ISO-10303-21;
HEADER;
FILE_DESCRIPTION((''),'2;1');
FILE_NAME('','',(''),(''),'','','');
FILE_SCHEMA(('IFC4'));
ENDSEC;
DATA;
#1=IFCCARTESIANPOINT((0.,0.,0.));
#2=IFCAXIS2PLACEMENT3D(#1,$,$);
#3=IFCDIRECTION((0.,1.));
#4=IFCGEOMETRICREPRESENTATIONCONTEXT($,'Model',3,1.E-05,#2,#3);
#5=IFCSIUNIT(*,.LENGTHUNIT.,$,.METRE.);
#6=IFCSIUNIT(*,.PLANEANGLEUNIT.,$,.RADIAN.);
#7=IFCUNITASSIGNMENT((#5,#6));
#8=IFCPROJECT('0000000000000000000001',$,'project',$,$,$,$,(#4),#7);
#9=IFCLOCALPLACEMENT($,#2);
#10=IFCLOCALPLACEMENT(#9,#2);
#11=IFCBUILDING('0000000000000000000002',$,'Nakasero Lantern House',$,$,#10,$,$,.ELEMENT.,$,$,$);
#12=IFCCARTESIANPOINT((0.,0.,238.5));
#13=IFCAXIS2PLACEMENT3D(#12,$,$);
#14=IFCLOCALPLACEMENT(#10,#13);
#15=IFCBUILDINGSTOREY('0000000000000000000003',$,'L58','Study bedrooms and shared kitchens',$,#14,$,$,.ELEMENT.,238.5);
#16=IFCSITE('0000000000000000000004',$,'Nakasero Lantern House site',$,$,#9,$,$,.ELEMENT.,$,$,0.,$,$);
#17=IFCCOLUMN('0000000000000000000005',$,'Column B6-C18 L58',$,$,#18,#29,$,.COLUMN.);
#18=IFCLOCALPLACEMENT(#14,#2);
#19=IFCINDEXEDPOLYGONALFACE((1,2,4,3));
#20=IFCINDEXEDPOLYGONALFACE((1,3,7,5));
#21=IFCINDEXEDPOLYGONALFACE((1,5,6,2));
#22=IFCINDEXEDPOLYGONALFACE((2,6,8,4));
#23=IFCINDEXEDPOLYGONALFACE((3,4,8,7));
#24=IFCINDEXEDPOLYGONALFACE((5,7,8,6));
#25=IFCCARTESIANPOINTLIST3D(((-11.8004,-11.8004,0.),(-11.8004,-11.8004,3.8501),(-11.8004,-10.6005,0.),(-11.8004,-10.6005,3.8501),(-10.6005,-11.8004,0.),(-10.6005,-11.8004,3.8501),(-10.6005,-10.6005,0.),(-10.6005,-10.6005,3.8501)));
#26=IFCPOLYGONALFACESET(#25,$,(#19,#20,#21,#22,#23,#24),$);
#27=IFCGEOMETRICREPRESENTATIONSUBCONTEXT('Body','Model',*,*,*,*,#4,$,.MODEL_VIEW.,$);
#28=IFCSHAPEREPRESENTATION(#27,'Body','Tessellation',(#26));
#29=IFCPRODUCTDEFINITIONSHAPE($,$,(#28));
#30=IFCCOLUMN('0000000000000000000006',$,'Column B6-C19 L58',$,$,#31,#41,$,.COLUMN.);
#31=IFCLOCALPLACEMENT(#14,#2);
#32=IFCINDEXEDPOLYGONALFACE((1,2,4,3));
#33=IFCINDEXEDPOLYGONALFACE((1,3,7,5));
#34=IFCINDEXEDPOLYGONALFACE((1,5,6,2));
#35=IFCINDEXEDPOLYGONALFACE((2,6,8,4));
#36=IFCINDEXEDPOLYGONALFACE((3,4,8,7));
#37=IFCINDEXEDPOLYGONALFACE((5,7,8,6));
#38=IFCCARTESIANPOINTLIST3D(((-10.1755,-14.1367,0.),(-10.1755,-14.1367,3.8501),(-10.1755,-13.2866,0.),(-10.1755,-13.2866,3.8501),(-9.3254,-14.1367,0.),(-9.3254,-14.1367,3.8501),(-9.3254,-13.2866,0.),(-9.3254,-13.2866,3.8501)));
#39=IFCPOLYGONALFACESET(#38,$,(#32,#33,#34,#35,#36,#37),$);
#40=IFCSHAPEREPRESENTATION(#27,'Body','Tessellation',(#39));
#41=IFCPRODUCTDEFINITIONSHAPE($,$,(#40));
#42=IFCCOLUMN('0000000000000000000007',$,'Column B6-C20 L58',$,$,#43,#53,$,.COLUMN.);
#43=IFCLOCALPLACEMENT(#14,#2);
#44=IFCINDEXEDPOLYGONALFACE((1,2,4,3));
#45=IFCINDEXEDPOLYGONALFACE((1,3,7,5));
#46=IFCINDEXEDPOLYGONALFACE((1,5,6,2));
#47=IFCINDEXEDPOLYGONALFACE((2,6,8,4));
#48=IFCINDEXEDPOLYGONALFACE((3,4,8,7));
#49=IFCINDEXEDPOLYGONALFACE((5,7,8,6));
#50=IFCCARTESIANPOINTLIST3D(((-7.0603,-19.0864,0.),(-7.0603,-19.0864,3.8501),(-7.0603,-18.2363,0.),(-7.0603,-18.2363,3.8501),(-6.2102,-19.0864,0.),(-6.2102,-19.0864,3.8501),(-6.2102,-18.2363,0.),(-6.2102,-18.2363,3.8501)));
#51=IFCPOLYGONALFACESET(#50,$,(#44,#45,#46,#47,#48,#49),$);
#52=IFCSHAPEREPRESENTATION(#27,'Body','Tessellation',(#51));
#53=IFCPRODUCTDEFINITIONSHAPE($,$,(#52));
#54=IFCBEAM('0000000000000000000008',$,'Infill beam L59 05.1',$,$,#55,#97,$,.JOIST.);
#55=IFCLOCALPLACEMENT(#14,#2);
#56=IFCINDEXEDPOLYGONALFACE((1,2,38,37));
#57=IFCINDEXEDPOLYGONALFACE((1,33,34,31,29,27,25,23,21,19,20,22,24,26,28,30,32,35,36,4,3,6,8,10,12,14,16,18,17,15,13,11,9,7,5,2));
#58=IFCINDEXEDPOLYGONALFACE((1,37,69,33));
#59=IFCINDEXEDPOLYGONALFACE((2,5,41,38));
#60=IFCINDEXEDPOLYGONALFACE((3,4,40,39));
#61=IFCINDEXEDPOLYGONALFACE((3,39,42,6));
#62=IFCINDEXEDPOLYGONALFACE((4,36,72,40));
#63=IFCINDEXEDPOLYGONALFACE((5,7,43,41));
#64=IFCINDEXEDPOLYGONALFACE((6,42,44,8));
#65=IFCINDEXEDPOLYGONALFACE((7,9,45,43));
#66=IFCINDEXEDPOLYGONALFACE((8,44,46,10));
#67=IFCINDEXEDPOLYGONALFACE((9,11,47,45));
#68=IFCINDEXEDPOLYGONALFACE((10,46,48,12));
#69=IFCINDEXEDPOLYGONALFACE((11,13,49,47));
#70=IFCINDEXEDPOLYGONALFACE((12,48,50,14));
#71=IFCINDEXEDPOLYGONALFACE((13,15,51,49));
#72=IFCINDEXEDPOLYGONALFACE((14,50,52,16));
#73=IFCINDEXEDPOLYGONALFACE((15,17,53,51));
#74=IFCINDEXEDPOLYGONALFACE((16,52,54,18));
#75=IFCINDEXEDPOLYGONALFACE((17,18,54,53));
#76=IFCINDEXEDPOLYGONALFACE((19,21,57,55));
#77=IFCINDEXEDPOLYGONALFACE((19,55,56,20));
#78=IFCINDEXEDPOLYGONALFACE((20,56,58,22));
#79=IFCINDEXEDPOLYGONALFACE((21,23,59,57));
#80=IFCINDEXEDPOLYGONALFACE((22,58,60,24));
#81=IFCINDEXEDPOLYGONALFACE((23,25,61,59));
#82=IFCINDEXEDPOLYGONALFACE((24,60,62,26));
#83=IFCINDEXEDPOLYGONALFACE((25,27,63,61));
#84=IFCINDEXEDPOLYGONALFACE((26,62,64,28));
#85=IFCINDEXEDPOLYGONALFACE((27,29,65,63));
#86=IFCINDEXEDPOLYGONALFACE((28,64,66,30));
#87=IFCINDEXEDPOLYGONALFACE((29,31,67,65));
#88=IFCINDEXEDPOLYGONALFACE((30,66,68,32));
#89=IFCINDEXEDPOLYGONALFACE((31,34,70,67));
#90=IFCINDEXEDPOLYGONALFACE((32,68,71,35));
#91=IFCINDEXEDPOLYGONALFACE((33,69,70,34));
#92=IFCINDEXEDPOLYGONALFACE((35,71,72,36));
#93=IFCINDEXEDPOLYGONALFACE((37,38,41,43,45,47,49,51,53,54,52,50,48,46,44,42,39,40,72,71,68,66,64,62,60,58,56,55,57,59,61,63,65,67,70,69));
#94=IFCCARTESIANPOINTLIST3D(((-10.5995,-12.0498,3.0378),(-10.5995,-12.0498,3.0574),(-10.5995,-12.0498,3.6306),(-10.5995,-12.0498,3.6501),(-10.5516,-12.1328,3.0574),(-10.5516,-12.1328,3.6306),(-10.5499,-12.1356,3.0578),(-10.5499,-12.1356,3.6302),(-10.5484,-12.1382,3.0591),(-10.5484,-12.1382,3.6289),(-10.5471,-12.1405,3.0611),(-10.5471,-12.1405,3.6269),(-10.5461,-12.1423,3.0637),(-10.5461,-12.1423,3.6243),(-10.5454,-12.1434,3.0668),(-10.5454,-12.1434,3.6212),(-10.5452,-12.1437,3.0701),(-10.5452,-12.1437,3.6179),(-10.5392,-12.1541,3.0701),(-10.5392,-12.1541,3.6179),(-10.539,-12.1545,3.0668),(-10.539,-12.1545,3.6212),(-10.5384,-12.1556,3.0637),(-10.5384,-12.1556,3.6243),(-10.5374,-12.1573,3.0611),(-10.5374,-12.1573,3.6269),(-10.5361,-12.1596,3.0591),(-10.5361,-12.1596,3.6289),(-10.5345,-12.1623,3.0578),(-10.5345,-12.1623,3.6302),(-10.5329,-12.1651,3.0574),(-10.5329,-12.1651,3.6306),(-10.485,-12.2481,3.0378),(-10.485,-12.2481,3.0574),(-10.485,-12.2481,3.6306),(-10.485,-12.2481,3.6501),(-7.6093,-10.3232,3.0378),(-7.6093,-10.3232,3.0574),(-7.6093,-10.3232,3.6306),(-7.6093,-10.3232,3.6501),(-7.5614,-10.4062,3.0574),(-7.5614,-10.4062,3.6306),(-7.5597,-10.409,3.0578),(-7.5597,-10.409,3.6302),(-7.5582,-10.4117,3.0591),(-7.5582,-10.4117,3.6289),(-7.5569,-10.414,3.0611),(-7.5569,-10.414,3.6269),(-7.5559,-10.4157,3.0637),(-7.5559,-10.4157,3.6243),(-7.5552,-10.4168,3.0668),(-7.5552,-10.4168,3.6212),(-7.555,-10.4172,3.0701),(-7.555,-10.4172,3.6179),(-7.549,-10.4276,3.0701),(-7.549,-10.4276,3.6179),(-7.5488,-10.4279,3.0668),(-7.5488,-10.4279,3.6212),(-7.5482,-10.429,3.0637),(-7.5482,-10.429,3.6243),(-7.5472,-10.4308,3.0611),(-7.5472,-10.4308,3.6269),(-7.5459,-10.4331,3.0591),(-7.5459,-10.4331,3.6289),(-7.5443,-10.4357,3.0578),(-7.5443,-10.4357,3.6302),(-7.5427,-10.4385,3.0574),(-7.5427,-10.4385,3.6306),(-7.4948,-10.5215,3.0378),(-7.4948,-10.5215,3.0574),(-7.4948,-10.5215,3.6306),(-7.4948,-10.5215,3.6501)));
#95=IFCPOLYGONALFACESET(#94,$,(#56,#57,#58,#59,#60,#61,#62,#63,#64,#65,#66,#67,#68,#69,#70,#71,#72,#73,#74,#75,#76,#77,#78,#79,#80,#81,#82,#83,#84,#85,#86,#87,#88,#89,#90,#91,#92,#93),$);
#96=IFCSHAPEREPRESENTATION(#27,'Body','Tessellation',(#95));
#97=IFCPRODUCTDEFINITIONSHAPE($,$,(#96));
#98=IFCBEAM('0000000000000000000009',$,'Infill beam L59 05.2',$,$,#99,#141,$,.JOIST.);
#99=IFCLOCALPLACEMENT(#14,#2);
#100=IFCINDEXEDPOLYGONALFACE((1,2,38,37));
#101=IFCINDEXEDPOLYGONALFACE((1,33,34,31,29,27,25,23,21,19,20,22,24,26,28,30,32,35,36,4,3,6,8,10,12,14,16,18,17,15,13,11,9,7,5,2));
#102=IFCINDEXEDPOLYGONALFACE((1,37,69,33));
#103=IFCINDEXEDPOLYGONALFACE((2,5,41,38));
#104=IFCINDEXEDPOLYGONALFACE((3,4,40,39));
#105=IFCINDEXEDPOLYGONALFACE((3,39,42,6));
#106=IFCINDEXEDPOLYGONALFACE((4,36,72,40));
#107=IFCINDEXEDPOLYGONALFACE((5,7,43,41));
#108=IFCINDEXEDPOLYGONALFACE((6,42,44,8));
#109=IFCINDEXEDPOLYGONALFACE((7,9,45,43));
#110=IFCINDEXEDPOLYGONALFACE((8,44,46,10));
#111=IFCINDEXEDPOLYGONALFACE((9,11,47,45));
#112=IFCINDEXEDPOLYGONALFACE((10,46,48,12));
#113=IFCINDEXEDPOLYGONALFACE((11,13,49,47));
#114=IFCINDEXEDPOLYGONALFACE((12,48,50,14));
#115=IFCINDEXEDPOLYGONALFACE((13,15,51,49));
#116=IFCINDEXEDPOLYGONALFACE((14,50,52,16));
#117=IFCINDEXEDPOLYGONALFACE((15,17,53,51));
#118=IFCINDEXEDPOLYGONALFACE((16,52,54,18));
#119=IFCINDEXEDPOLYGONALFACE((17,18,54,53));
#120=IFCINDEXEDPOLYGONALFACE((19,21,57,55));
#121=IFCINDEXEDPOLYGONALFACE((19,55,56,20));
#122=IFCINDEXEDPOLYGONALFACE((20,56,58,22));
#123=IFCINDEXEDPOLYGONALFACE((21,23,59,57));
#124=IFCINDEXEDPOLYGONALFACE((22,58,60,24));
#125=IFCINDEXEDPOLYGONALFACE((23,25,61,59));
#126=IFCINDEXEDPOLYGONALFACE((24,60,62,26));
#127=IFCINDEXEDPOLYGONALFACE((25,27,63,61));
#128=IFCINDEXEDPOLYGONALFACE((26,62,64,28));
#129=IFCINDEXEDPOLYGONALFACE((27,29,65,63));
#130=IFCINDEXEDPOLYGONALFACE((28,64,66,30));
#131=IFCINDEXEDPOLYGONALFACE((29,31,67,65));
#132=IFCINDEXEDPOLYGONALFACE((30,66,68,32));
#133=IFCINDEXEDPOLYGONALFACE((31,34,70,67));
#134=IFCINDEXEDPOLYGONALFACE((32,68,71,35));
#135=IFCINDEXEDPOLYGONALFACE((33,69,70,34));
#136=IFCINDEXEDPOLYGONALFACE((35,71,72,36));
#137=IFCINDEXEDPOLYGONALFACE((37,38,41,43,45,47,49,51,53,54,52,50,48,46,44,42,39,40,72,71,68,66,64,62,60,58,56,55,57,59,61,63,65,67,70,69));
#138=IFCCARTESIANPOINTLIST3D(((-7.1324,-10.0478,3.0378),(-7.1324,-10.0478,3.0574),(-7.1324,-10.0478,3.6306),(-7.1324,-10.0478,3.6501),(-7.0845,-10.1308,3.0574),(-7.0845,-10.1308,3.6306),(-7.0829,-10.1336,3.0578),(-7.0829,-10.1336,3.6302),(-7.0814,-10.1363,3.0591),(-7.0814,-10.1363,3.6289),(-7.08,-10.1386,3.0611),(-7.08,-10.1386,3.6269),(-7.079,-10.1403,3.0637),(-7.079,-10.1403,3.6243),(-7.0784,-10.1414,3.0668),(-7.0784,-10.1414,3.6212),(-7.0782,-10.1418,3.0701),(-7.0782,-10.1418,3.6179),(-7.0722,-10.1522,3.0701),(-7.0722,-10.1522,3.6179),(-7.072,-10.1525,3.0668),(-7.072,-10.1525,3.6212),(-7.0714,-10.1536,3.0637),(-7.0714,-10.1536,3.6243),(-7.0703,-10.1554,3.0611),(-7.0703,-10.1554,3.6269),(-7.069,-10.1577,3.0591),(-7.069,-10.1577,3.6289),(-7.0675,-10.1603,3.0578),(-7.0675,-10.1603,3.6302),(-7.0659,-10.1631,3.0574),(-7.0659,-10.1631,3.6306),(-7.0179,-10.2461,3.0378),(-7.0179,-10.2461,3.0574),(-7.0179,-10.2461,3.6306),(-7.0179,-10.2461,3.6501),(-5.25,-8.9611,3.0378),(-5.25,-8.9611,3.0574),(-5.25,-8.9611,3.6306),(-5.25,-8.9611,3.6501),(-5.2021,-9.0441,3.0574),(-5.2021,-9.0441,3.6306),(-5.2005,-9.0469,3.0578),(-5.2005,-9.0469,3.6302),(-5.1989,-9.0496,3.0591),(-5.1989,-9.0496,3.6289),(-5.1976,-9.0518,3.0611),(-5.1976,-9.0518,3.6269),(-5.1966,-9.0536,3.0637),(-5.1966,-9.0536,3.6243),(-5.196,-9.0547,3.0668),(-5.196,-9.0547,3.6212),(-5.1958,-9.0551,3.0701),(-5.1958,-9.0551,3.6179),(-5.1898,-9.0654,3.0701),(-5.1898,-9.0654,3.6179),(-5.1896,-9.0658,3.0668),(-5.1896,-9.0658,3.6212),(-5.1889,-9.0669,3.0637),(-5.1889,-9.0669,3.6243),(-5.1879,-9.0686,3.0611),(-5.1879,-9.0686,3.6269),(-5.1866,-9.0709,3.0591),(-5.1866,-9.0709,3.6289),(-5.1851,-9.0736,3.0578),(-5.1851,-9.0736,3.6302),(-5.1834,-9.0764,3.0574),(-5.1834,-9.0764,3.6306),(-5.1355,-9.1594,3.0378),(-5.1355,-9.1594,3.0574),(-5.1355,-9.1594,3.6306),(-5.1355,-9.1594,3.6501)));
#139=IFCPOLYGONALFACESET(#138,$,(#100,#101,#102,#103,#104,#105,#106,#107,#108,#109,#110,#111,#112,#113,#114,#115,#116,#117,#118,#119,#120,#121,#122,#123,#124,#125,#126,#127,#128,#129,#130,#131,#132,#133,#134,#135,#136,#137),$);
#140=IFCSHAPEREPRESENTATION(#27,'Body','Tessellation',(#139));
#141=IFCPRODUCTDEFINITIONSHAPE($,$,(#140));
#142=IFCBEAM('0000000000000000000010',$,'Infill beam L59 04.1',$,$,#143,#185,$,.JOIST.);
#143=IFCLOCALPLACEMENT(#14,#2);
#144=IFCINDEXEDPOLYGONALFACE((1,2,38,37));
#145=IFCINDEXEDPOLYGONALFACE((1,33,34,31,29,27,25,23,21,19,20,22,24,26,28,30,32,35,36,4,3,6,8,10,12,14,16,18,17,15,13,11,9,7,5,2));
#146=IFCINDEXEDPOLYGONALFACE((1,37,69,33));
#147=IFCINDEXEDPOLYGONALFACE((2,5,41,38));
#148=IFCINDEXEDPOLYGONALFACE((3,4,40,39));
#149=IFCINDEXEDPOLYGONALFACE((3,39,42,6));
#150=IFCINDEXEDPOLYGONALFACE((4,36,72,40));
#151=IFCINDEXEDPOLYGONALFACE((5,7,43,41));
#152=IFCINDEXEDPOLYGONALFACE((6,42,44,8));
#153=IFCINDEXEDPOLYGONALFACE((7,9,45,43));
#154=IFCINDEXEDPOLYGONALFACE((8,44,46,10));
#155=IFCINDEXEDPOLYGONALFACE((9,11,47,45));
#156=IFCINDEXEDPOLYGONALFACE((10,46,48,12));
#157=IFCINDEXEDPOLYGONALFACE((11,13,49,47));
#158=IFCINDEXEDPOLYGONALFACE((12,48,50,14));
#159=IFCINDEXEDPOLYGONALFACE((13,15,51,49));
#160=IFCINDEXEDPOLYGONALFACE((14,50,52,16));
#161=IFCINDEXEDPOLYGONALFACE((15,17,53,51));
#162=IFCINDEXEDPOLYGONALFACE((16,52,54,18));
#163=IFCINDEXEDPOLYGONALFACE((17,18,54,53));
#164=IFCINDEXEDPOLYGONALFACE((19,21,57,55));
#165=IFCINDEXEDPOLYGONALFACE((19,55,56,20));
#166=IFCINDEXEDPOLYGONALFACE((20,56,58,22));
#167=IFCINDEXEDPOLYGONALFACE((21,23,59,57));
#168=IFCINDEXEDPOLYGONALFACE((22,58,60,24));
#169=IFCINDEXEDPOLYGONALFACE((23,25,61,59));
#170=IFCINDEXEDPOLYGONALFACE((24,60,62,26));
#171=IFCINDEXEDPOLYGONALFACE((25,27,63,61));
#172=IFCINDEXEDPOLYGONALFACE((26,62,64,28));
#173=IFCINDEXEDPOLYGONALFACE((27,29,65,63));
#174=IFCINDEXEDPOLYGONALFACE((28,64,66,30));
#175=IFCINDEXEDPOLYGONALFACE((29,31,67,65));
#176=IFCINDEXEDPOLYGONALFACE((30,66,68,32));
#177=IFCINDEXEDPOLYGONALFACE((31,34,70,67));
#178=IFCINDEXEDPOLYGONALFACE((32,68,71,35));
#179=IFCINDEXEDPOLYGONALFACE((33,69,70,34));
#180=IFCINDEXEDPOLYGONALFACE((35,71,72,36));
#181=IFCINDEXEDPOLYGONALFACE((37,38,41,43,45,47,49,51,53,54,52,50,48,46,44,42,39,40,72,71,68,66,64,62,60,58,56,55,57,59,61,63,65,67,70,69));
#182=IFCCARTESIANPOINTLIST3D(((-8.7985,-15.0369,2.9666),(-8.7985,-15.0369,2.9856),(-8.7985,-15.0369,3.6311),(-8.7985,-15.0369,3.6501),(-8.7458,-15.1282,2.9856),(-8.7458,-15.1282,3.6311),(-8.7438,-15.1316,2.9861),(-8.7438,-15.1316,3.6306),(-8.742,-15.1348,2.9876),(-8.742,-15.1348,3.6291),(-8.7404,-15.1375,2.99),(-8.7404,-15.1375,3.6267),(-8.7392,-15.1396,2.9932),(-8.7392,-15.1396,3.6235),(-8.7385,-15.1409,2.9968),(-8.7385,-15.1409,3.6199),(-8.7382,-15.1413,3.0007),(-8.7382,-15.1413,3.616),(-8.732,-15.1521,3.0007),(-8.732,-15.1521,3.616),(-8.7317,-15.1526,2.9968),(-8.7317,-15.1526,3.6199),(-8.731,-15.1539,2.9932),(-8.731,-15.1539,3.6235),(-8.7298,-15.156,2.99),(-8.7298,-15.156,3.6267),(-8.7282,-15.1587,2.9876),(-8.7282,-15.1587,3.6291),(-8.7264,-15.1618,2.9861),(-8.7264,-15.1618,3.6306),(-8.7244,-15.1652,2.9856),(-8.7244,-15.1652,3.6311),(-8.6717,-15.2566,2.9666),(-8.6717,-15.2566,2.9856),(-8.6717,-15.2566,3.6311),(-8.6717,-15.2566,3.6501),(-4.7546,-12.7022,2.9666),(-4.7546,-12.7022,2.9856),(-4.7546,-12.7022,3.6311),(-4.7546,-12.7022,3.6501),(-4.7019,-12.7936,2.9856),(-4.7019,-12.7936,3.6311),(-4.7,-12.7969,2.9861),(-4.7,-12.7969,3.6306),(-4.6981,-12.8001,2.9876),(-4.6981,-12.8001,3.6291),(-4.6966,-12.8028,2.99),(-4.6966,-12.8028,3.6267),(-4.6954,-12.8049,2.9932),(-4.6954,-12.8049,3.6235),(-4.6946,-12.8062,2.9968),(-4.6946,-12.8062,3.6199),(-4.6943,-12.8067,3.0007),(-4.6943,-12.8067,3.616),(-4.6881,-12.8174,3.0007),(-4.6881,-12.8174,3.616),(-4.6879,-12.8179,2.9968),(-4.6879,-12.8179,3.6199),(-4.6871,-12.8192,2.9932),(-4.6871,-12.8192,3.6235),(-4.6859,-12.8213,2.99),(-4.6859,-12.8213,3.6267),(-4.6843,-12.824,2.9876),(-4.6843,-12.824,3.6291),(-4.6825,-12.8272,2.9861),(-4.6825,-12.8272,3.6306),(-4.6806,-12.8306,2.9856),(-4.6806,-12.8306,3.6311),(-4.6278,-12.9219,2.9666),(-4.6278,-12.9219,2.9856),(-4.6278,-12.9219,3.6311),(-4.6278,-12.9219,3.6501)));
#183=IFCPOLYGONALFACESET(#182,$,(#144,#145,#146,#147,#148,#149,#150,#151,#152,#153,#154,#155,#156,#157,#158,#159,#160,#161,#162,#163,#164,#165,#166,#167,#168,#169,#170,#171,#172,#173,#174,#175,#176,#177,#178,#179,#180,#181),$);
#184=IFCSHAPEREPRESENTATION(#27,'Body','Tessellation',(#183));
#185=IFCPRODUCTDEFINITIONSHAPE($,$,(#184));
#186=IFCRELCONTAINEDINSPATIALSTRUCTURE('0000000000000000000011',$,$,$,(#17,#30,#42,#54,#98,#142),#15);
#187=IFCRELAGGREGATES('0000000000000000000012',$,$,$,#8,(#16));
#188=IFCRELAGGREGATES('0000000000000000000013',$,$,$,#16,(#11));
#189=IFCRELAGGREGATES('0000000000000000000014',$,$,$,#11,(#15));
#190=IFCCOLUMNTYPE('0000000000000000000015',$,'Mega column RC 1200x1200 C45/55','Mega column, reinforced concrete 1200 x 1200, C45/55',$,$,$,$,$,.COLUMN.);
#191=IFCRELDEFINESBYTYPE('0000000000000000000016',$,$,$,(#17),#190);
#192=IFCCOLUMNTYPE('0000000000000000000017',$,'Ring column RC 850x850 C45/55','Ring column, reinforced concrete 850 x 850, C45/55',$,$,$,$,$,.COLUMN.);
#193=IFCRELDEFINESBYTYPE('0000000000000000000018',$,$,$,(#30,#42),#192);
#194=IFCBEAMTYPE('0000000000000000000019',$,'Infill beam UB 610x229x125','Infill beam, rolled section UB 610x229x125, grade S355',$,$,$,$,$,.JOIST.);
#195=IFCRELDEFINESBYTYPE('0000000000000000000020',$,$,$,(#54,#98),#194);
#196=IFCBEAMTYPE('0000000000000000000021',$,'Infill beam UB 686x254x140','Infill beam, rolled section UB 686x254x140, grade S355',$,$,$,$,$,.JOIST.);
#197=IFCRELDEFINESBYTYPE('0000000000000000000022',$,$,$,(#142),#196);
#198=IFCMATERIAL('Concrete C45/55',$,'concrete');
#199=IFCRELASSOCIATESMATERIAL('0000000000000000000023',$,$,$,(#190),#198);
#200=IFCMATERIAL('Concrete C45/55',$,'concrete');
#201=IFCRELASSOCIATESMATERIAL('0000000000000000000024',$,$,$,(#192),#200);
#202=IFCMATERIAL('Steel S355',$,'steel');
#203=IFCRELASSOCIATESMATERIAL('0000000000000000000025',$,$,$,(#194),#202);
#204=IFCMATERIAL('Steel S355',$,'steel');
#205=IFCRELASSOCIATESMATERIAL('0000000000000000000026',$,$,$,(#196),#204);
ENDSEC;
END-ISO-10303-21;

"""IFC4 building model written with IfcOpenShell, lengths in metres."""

from ifc_helpers import new_model, si_unit, direction, frame, origin, origin_2d, place, context, subcontext, project, spatial, rectangle, i_section, extrude, material, material_profile, profile_set, type_object, element, save


model = new_model("IFC4")

# Units and contexts
model_context = context("Model", 3, precision=1e-05, world=origin(), true_north=direction((0.0, 1.0)))
body_context = subcontext(model_context, "Body", "Model", "MODEL_VIEW")
ifc_project = project(units=[si_unit("LENGTHUNIT", "METRE"), si_unit("PLANEANGLEUNIT", "RADIAN")], contexts=[model_context])

# Site, building, storey
site_placement = place(None, origin())
site = spatial("IfcSite", under=ifc_project, at=site_placement, Name="Nakasero Lantern House site", CompositionType="ELEMENT", RefElevation=0.0)
building_placement = place(site_placement, origin())
building = spatial("IfcBuilding", under=site, at=building_placement, Name="Nakasero Lantern House", CompositionType="ELEMENT")
storey_placement = place(building_placement, frame((0.0, 0.0, 238.5)))
storey = spatial("IfcBuildingStorey", under=building, at=storey_placement, Name="L58", Description="Study bedrooms and shared kitchens", CompositionType="ELEMENT", Elevation=238.5)

# Columns
ifc_material_1 = material(Name="Concrete C45/55", Category="concrete")
ifc_material_profile_1 = material_profile(ifc_material_1, rectangle(XDim=1.2, YDim=1.2, at=origin_2d()), Name="RC 1200x1200")
ifc_profile_set_1 = profile_set([ifc_material_profile_1], Name="Concrete C45/55")
column_type_1 = type_object("IfcColumnType", Name="Mega column RC 1200x1200 C45/55", Description="Mega column, reinforced concrete 1200 x 1200, C45/55", PredefinedType="COLUMN", material=ifc_profile_set_1)
column_placement = place(storey_placement, frame((-11.2004, -11.2004, 0.0), z_axis=(0.0, 0.0, 1.0), x_axis=(1.0, 0.0, 0.0)))
element("IfcColumn", 1, at=column_placement, inside=storey, type_object=column_type_1, Name="Column B6-C18 L58", PredefinedType="COLUMN", context=body_context, shape_type="SweptSolid", body=[
    extrude(rectangle(XDim=1.2, YDim=1.2, at=origin_2d()), origin(), (0.0, 0.0, 1.0), 3.8501),
])
ifc_material_2 = material(Name="Concrete C45/55", Category="concrete")
ifc_material_profile_2 = material_profile(ifc_material_2, rectangle(XDim=0.8501, YDim=0.8501, at=origin_2d()), Name="RC 850x850")
ifc_profile_set_2 = profile_set([ifc_material_profile_2], Name="Concrete C45/55")
column_type_2 = type_object("IfcColumnType", Name="Ring column RC 850x850 C45/55", Description="Ring column, reinforced concrete 850 x 850, C45/55", PredefinedType="COLUMN", material=ifc_profile_set_2)
for number, where, z_axis, x_axis, name in (
    (2, (-9.7505, -13.7117, 0.0), (0.0, 0.0, 1.0), (1.0, 0.0, 0.0), "Column B6-C19 L58"),
    (3, (-6.6353, -18.6614, 0.0), (0.0, 0.0, 1.0), (1.0, 0.0, 0.0), "Column B6-C20 L58"),
):
    element("IfcColumn", number, at=place(storey_placement, frame(where, z_axis=z_axis, x_axis=x_axis)), inside=storey, type_object=column_type_2, Name=name, PredefinedType="COLUMN", context=body_context, shape_type="SweptSolid", body=[
        extrude(rectangle(XDim=0.8501, YDim=0.8501, at=origin_2d()), origin(), (0.0, 0.0, 1.0), 3.8501),
    ])

# Beams
ifc_material_3 = material(Name="Steel S355", Category="steel")
ifc_material_profile_3 = material_profile(ifc_material_3, i_section(OverallWidth=0.229, OverallDepth=0.6123, WebThickness=0.012, FlangeThickness=0.0195, FilletRadius=0.0127, at=origin_2d()), Name="UB 610x229x125")
ifc_profile_set_3 = profile_set([ifc_material_profile_3], Name="Steel S355")
beam_type_1 = type_object("IfcBeamType", Name="Infill beam UB 610x229x125", Description="Infill beam, rolled section UB 610x229x125, grade S355", PredefinedType="JOIST", material=ifc_profile_set_3)
beam_1_placement = place(storey_placement, frame((-10.5422, -12.1489, 3.344), z_axis=(0.866007, 0.500033, 0.0), x_axis=(-0.500033, 0.866007, 0.0)))
element("IfcBeam", 4, at=beam_1_placement, inside=storey, type_object=beam_type_1, Name="Infill beam L59 05.1", PredefinedType="JOIST", context=body_context, shape_type="SweptSolid", body=[
    extrude(i_section(OverallWidth=0.229, OverallDepth=0.6123, WebThickness=0.012, FlangeThickness=0.0195, FilletRadius=0.0127, at=origin_2d()), origin(), (0.0, 0.0, 1.0), 3.4529),
])
beam_2_placement = place(storey_placement, frame((-7.0752, -10.147, 3.344), z_axis=(0.866043, 0.499969, 0.0), x_axis=(-0.499969, 0.866043, 0.0)))
element("IfcBeam", 5, at=beam_2_placement, inside=storey, type_object=beam_type_1, Name="Infill beam L59 05.2", PredefinedType="JOIST", context=body_context, shape_type="SweptSolid", body=[
    extrude(i_section(OverallWidth=0.229, OverallDepth=0.6123, WebThickness=0.012, FlangeThickness=0.0195, FilletRadius=0.0127, at=origin_2d()), origin(), (0.0, 0.0, 1.0), 2.1736),
])
ifc_material_4 = material(Name="Steel S355", Category="steel")
ifc_material_profile_4 = material_profile(ifc_material_4, i_section(OverallWidth=0.2537, OverallDepth=0.6836, WebThickness=0.0125, FlangeThickness=0.019, FilletRadius=0.0151, at=origin_2d()), Name="UB 686x254x140")
ifc_profile_set_4 = profile_set([ifc_material_profile_4], Name="Steel S355")
beam_type_2 = type_object("IfcBeamType", Name="Infill beam UB 686x254x140", Description="Infill beam, rolled section UB 686x254x140, grade S355", PredefinedType="JOIST", material=ifc_profile_set_4)
beam_3_placement = place(storey_placement, frame((-8.7351, -15.1467, 3.3083), z_axis=(0.866031, 0.499991, 0.0), x_axis=(-0.499991, 0.866031, 0.0)))
element("IfcBeam", 6, at=beam_3_placement, inside=storey, type_object=beam_type_2, Name="Infill beam L59 04.1", PredefinedType="JOIST", context=body_context, shape_type="SweptSolid", body=[
    extrude(i_section(OverallWidth=0.2537, OverallDepth=0.6836, WebThickness=0.0125, FlangeThickness=0.019, FilletRadius=0.0151, at=origin_2d()), origin(), (0.0, 0.0, 1.0), 4.6694),
])

save(model, "model.ifc")
